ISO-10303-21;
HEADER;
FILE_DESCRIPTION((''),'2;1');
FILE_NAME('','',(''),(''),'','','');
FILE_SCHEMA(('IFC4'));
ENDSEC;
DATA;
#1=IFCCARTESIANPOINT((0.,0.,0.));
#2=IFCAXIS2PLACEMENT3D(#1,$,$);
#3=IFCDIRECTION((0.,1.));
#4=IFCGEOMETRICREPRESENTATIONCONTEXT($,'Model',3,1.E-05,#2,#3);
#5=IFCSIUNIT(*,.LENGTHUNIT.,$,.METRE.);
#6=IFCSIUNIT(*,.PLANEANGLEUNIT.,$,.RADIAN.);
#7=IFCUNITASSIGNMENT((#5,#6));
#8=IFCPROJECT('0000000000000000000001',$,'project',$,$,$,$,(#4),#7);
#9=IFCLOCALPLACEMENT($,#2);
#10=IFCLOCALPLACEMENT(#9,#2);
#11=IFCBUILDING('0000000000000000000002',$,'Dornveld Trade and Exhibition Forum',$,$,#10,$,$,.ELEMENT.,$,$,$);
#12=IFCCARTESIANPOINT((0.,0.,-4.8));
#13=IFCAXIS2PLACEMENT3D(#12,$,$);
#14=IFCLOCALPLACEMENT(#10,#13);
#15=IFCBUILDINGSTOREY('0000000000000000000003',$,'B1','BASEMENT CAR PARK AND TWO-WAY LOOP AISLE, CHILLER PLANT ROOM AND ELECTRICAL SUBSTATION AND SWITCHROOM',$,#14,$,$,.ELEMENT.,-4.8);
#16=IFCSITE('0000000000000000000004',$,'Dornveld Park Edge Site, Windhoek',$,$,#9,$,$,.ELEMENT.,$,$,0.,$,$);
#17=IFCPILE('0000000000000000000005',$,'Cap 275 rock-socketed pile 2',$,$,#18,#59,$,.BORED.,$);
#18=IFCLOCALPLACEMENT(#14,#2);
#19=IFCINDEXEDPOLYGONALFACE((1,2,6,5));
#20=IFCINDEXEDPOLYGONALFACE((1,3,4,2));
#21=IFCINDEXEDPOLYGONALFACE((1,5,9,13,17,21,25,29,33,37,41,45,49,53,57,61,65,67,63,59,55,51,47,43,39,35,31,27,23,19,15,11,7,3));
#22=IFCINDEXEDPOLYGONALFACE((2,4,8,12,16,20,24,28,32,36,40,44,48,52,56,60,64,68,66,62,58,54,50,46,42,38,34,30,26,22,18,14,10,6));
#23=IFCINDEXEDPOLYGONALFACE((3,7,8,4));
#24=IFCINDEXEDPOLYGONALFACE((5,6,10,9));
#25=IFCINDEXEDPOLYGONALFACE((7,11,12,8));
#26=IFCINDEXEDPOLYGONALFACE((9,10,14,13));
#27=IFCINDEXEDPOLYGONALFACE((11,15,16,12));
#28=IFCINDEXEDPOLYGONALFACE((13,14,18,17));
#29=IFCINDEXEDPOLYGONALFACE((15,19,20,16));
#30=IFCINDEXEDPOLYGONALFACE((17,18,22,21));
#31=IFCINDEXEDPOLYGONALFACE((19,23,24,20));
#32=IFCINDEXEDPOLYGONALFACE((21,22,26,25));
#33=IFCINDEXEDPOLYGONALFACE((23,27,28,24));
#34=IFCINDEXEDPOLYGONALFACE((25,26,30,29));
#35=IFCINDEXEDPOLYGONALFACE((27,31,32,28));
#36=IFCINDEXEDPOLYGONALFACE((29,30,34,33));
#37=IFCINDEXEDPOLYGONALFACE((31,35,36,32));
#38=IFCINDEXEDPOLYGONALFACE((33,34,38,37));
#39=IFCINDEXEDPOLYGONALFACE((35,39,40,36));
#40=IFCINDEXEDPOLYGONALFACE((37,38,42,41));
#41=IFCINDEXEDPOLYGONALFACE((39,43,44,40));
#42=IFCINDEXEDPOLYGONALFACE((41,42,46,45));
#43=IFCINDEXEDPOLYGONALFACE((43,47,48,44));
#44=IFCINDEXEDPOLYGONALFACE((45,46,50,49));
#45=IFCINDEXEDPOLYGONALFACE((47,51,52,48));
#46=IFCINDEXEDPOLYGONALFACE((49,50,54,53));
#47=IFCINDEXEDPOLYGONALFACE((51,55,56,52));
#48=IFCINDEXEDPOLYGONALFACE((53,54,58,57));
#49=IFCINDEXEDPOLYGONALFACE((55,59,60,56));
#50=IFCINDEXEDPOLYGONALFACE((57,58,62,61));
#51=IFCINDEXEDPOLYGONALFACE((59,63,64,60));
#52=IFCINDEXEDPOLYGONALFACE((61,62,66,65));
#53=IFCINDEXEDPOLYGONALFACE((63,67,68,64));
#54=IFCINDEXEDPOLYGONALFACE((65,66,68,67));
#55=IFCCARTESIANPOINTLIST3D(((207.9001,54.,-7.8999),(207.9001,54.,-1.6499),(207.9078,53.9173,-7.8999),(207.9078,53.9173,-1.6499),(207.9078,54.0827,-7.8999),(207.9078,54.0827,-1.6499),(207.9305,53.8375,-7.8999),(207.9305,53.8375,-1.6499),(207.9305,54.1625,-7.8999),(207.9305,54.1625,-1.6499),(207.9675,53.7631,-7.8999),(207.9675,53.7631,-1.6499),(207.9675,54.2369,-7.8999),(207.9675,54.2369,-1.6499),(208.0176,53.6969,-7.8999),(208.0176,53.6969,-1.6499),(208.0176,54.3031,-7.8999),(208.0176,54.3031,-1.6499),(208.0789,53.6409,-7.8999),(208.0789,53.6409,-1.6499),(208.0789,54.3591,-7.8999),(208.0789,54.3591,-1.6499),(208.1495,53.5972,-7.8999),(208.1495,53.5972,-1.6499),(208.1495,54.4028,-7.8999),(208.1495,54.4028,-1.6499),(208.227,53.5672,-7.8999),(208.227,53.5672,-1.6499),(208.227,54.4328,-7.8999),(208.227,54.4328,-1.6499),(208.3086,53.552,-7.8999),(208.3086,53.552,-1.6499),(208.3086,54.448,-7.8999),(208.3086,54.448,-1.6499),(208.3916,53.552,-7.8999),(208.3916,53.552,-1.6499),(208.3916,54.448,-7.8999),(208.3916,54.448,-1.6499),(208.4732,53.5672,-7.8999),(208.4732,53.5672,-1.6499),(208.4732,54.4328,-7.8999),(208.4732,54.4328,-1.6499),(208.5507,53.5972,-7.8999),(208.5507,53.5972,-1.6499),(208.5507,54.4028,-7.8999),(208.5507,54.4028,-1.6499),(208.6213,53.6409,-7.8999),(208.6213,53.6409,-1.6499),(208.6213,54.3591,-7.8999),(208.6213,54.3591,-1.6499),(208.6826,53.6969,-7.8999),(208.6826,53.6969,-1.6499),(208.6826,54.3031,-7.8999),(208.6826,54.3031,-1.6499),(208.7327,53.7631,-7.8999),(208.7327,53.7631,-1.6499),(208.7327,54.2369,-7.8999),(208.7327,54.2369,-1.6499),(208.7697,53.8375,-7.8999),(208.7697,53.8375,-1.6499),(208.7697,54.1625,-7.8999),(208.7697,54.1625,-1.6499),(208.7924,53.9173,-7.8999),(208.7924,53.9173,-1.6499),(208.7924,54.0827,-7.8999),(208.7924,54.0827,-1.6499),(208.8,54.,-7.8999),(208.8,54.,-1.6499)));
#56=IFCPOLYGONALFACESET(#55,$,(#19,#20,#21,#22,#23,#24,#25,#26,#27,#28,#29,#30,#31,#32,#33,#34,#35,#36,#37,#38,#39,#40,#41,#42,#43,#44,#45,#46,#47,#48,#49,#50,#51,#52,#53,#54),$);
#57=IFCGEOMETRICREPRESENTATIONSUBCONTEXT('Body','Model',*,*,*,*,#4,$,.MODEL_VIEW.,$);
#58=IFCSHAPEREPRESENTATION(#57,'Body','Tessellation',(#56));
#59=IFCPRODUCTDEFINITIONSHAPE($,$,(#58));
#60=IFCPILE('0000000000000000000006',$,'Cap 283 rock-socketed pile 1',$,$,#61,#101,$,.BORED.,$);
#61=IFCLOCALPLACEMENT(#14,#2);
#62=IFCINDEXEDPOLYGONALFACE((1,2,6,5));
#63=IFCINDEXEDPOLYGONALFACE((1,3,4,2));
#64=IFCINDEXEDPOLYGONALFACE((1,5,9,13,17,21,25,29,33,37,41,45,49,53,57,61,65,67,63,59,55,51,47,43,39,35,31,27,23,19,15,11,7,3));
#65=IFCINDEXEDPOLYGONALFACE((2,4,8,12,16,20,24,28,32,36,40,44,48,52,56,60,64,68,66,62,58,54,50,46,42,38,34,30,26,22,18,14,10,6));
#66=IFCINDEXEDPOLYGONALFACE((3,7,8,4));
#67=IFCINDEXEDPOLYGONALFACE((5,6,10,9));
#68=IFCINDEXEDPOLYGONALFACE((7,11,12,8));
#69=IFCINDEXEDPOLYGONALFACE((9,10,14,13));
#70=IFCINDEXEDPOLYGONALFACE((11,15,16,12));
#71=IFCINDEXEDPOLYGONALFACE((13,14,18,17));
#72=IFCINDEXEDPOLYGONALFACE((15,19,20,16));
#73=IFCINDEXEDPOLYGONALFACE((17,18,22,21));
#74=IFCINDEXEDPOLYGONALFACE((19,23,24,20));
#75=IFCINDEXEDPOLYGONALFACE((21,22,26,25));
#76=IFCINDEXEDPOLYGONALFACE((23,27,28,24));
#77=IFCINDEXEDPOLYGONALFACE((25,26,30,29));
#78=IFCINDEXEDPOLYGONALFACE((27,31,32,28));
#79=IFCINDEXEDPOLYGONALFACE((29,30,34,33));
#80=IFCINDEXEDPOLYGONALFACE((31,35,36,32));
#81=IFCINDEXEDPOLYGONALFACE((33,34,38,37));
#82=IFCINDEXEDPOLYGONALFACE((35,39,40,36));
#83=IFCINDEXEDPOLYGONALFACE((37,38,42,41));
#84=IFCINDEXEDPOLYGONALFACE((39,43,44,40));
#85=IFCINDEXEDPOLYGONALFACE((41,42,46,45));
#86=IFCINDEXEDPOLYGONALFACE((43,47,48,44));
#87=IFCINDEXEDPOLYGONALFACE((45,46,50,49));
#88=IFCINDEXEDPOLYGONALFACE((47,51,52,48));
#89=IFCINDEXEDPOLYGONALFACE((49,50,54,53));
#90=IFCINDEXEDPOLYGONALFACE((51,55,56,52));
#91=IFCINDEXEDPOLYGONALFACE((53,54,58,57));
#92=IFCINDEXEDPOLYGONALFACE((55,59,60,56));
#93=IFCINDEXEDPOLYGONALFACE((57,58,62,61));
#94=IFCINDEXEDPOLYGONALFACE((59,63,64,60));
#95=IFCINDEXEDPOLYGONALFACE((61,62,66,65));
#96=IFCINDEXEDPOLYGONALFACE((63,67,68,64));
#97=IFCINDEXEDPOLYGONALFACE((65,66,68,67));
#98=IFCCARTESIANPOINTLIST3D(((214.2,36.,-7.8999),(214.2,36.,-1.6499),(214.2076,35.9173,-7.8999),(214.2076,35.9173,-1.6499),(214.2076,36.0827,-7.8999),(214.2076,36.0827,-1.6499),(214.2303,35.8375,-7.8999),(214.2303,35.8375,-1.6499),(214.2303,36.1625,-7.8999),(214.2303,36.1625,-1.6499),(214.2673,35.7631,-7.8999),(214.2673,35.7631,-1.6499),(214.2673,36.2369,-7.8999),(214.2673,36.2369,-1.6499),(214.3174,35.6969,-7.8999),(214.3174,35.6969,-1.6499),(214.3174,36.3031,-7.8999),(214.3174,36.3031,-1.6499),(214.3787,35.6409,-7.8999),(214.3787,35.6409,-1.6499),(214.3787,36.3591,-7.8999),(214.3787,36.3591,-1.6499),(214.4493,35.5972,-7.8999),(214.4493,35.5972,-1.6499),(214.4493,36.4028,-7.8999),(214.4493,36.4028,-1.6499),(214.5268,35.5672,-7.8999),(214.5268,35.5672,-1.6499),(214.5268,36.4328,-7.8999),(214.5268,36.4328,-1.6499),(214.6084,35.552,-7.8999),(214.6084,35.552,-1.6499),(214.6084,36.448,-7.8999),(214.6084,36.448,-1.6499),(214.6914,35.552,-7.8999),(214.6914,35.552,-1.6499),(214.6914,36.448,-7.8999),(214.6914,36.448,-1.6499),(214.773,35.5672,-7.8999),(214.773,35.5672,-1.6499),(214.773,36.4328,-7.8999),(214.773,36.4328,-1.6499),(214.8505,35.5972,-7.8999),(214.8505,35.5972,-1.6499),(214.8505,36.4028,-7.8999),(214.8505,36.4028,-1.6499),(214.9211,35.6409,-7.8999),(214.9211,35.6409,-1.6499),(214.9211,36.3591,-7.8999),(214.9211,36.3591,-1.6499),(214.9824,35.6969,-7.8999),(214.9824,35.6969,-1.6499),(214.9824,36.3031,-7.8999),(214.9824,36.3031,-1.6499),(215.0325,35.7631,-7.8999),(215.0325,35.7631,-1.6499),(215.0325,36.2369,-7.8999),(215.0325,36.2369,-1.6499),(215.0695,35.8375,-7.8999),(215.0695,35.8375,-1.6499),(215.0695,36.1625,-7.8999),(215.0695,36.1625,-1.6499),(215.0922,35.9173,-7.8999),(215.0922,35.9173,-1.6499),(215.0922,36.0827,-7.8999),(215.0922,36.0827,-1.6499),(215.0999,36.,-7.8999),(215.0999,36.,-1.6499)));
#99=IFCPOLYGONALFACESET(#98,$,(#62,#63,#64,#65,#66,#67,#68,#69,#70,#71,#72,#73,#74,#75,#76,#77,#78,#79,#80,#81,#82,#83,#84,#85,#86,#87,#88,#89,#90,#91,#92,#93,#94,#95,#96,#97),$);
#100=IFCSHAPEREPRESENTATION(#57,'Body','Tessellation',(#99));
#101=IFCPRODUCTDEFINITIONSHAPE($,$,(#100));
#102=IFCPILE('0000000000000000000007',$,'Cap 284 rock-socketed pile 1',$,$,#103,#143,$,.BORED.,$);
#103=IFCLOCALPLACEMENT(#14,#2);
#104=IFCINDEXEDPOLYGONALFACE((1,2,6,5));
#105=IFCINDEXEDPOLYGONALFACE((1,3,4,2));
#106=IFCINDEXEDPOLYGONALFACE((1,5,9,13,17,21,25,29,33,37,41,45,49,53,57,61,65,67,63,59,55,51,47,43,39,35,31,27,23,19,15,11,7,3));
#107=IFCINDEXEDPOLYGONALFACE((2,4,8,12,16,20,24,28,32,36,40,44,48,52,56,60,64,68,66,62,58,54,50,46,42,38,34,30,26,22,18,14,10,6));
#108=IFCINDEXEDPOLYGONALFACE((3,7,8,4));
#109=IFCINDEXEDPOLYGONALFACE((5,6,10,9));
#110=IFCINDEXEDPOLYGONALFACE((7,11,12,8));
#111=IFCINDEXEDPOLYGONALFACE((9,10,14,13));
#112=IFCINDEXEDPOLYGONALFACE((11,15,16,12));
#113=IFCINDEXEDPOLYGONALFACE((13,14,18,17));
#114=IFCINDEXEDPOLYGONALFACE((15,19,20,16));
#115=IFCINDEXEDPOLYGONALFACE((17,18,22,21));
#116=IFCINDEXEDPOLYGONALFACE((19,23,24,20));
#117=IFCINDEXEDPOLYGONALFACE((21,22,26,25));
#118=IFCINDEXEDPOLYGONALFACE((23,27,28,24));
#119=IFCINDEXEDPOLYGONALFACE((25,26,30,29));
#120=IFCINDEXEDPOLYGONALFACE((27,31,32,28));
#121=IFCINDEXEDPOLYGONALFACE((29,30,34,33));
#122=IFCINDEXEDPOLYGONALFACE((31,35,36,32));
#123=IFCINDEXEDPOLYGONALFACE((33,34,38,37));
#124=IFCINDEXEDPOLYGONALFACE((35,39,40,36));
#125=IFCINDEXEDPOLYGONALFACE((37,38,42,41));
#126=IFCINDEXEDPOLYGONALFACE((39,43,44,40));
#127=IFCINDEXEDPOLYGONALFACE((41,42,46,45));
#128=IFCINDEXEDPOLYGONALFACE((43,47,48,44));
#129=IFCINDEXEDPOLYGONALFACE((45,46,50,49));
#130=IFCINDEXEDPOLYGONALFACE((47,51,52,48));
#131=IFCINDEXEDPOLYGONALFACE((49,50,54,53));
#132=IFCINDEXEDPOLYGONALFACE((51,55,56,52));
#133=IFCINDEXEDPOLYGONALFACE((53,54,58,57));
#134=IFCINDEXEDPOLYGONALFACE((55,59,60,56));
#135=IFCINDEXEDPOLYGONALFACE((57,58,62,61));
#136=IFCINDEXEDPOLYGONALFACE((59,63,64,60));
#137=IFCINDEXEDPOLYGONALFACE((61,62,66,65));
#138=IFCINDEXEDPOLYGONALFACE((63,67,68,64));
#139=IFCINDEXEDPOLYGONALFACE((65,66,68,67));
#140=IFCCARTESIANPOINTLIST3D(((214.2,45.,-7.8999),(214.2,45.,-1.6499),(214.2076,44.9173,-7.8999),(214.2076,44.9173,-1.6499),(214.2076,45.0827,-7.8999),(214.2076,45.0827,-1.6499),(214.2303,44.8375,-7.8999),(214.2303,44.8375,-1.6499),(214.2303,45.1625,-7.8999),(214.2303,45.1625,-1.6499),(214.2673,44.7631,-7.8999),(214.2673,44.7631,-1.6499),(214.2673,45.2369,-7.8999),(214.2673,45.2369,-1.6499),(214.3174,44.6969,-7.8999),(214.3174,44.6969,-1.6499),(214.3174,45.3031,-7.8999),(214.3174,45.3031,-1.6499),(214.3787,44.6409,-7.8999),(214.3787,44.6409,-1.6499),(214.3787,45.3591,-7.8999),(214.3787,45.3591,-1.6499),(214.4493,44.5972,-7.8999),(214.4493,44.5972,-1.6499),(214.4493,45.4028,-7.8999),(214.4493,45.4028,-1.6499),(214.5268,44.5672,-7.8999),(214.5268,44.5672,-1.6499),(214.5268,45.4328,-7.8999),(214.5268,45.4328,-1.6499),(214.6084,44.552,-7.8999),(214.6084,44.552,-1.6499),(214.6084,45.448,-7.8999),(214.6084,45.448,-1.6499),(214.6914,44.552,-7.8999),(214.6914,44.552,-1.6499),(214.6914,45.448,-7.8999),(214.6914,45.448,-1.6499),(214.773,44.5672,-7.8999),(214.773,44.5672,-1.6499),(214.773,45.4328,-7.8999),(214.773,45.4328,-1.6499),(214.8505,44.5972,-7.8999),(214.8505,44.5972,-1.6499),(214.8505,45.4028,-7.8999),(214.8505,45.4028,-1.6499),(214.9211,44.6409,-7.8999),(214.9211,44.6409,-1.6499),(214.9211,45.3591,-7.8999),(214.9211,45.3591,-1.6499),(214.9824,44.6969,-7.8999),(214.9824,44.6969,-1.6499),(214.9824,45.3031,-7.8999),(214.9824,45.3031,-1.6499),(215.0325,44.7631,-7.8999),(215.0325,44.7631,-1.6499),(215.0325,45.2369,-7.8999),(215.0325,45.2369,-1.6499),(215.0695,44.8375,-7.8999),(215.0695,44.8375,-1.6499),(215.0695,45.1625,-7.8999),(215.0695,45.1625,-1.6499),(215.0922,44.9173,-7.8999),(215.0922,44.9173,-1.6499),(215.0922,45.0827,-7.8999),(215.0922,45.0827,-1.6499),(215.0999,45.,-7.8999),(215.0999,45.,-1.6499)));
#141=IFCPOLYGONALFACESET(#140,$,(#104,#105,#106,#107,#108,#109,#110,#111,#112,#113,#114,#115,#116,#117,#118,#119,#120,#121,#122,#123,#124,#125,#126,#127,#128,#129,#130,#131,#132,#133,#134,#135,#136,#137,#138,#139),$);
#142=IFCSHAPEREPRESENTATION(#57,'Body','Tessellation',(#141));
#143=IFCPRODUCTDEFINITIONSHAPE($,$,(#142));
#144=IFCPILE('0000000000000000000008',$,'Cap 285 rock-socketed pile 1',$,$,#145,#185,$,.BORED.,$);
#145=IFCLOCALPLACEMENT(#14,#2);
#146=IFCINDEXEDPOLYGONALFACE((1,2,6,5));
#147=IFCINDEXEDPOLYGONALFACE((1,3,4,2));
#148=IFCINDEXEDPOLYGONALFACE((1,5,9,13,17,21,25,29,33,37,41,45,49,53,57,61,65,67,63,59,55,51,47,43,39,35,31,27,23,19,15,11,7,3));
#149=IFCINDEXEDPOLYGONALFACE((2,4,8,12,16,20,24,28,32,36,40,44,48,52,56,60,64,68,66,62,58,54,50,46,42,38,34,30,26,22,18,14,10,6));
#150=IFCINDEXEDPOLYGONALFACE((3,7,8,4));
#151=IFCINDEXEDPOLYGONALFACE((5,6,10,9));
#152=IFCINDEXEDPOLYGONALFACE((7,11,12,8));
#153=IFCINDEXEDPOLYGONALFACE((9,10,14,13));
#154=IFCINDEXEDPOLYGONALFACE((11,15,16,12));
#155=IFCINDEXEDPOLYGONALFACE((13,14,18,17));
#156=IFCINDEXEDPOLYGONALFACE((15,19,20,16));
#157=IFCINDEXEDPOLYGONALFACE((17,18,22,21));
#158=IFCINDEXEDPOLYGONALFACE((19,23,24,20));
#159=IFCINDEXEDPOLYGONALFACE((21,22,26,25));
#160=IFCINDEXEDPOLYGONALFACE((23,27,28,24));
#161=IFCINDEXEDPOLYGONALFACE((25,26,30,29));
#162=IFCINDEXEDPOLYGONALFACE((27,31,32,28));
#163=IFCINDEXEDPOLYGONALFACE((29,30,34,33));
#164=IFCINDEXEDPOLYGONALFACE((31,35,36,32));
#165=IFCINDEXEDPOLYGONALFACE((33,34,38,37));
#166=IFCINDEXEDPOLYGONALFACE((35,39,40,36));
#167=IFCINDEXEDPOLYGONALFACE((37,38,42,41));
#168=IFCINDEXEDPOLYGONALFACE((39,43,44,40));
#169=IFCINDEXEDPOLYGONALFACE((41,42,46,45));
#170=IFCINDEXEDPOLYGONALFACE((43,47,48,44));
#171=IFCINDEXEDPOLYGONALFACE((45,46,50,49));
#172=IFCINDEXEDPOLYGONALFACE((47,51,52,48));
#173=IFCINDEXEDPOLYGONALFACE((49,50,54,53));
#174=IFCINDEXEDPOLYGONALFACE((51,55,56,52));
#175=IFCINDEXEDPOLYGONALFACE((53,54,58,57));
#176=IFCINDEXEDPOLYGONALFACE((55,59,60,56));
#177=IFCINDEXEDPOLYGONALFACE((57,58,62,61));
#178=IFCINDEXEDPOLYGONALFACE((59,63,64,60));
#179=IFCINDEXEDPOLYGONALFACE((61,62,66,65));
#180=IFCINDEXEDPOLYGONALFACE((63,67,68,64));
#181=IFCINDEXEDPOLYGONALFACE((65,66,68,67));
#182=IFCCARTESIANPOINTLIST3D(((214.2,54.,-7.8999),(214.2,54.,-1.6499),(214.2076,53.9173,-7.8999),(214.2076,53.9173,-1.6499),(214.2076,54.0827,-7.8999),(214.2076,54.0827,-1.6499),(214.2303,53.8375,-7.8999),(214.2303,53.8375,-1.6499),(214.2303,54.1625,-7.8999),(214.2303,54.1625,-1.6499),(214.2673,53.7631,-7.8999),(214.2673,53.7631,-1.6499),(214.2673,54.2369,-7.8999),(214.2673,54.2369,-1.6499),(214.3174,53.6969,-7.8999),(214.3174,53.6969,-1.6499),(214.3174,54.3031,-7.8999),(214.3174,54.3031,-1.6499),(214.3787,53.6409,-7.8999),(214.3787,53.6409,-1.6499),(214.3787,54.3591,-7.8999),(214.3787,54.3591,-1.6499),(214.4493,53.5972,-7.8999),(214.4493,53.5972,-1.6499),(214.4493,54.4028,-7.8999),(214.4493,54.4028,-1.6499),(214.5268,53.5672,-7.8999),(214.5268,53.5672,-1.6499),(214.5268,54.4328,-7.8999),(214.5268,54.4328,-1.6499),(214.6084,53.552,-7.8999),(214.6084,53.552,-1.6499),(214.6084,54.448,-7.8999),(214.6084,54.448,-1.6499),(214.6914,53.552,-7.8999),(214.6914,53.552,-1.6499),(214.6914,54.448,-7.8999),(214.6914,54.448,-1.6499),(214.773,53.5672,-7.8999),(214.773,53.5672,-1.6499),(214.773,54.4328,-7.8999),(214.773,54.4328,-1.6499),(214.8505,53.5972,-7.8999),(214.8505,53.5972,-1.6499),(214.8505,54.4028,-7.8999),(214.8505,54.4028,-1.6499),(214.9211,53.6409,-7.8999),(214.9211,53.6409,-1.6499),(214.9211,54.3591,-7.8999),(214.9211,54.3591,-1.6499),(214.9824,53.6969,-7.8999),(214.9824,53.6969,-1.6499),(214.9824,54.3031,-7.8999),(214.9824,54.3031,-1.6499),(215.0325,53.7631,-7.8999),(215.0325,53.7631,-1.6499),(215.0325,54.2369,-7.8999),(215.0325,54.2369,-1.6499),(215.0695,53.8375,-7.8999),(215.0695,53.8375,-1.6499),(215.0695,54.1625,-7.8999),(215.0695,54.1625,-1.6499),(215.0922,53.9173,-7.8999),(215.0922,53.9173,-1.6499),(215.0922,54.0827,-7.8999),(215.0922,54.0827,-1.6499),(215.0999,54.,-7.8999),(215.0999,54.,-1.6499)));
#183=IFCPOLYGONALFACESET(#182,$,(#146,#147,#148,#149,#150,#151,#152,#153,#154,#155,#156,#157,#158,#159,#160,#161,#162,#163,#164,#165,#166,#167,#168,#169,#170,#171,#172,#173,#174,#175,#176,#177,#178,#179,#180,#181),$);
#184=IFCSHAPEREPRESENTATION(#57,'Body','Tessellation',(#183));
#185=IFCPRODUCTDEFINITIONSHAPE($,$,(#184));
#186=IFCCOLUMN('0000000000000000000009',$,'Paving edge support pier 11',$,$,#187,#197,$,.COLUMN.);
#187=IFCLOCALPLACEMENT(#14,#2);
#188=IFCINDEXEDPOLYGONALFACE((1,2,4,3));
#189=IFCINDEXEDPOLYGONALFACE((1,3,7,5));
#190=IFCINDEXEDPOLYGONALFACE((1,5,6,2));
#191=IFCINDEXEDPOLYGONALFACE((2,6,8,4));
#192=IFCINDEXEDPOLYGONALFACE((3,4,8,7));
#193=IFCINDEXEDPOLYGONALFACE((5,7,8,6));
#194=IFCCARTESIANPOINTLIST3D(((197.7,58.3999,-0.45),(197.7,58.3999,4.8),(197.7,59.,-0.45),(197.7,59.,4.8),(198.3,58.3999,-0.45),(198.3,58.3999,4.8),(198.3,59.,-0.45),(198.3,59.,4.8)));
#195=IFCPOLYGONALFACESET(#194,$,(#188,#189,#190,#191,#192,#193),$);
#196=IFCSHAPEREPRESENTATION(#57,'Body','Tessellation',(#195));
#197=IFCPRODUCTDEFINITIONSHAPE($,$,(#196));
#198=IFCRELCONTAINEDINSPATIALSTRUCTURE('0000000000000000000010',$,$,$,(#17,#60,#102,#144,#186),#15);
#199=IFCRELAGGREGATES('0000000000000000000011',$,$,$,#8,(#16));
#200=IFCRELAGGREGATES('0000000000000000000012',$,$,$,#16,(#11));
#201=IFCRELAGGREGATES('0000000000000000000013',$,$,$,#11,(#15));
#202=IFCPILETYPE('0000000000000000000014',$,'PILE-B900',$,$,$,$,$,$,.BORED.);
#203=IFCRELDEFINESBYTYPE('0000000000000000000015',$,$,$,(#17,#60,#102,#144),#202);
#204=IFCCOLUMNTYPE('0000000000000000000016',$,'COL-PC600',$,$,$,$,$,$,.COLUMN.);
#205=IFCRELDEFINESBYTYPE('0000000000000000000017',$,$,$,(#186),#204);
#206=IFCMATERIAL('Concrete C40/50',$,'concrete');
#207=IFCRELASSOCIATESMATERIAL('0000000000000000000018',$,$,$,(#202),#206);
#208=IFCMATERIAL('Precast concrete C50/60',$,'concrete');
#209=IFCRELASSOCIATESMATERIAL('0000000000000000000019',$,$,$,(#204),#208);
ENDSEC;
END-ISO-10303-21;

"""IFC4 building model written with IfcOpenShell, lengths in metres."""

from ifc_helpers import new_model, si_unit, direction, frame, origin, origin_2d, place, context, subcontext, project, spatial, rectangle, circle, extrude, material, material_profile, profile_set, type_object, element, save


model = new_model("IFC4")

# Units and contexts
model_context = context("Model", 3, precision=1e-05, world=origin(), true_north=direction((0.0, 1.0)))
body_context = subcontext(model_context, "Body", "Model", "MODEL_VIEW")
ifc_project = project(units=[si_unit("LENGTHUNIT", "METRE"), si_unit("PLANEANGLEUNIT", "RADIAN")], contexts=[model_context])

# Site, building, storey
site_placement = place(None, origin())
site = spatial("IfcSite", under=ifc_project, at=site_placement, Name="Dornveld Park Edge Site, Windhoek", CompositionType="ELEMENT", RefElevation=0.0)
building_placement = place(site_placement, origin())
building = spatial("IfcBuilding", under=site, at=building_placement, Name="Dornveld Trade and Exhibition Forum", CompositionType="ELEMENT")
storey_placement = place(building_placement, frame((0.0, 0.0, -4.8)))
storey = spatial("IfcBuildingStorey", under=building, at=storey_placement, Name="B1", Description="BASEMENT CAR PARK AND TWO-WAY LOOP AISLE, CHILLER PLANT ROOM AND ELECTRICAL SUBSTATION AND SWITCHROOM", CompositionType="ELEMENT", Elevation=-4.8)

# Piles
ifc_material_1 = material(Name="Concrete C40/50", Category="concrete")
ifc_material_profile_1 = material_profile(ifc_material_1, circle(Radius=0.45, at=origin_2d()), Name="PILE D900")
ifc_profile_set_1 = profile_set([ifc_material_profile_1], Name="Concrete C40/50")
pile_type = type_object("IfcPileType", Name="PILE-B900", PredefinedType="BORED", material=ifc_profile_set_1)
for number, where, z_axis, x_axis, name in (
    (1, (208.3501, 54.0, -1.6499), (0.0, 0.0, -1.0), (1.0, 0.0, 0.0), "Cap 275 rock-socketed pile 2"),
    (2, (214.6499, 36.0, -1.6499), (0.0, 0.0, -1.0), (1.0, 0.0, 0.0), "Cap 283 rock-socketed pile 1"),
    (3, (214.6499, 45.0, -1.6499), (0.0, 0.0, -1.0), (1.0, 0.0, 0.0), "Cap 284 rock-socketed pile 1"),
    (4, (214.6499, 54.0, -1.6499), (0.0, 0.0, -1.0), (1.0, 0.0, 0.0), "Cap 285 rock-socketed pile 1"),
):
    element("IfcPile", number, at=place(storey_placement, frame(where, z_axis=z_axis, x_axis=x_axis)), inside=storey, type_object=pile_type, Name=name, PredefinedType="BORED", context=body_context, shape_type="SweptSolid", body=[
        extrude(circle(Radius=0.45, at=origin_2d()), origin(), (0.0, 0.0, 1.0), 6.25),
    ])

# Column
ifc_material_2 = material(Name="Precast concrete C50/60", Category="concrete")
ifc_material_profile_2 = material_profile(ifc_material_2, rectangle(XDim=0.6001, YDim=0.6001, at=origin_2d()), Name="PC-COL 600x600")
ifc_profile_set_2 = profile_set([ifc_material_profile_2], Name="Precast concrete C50/60")
column_type_1 = type_object("IfcColumnType", Name="COL-PC600", PredefinedType="COLUMN", material=ifc_profile_set_2)
column_placement = place(storey_placement, frame((198.0, 58.7, -0.45), z_axis=(0.0, 0.0, 1.0), x_axis=(1.0, 0.0, 0.0)))
element("IfcColumn", 5, at=column_placement, inside=storey, type_object=column_type_1, Name="Paving edge support pier 11", PredefinedType="COLUMN", context=body_context, shape_type="SweptSolid", body=[
    extrude(rectangle(XDim=0.6001, YDim=0.6001, at=origin_2d()), origin(), (0.0, 0.0, 1.0), 5.25),
])

save(model, "model.ifc")
